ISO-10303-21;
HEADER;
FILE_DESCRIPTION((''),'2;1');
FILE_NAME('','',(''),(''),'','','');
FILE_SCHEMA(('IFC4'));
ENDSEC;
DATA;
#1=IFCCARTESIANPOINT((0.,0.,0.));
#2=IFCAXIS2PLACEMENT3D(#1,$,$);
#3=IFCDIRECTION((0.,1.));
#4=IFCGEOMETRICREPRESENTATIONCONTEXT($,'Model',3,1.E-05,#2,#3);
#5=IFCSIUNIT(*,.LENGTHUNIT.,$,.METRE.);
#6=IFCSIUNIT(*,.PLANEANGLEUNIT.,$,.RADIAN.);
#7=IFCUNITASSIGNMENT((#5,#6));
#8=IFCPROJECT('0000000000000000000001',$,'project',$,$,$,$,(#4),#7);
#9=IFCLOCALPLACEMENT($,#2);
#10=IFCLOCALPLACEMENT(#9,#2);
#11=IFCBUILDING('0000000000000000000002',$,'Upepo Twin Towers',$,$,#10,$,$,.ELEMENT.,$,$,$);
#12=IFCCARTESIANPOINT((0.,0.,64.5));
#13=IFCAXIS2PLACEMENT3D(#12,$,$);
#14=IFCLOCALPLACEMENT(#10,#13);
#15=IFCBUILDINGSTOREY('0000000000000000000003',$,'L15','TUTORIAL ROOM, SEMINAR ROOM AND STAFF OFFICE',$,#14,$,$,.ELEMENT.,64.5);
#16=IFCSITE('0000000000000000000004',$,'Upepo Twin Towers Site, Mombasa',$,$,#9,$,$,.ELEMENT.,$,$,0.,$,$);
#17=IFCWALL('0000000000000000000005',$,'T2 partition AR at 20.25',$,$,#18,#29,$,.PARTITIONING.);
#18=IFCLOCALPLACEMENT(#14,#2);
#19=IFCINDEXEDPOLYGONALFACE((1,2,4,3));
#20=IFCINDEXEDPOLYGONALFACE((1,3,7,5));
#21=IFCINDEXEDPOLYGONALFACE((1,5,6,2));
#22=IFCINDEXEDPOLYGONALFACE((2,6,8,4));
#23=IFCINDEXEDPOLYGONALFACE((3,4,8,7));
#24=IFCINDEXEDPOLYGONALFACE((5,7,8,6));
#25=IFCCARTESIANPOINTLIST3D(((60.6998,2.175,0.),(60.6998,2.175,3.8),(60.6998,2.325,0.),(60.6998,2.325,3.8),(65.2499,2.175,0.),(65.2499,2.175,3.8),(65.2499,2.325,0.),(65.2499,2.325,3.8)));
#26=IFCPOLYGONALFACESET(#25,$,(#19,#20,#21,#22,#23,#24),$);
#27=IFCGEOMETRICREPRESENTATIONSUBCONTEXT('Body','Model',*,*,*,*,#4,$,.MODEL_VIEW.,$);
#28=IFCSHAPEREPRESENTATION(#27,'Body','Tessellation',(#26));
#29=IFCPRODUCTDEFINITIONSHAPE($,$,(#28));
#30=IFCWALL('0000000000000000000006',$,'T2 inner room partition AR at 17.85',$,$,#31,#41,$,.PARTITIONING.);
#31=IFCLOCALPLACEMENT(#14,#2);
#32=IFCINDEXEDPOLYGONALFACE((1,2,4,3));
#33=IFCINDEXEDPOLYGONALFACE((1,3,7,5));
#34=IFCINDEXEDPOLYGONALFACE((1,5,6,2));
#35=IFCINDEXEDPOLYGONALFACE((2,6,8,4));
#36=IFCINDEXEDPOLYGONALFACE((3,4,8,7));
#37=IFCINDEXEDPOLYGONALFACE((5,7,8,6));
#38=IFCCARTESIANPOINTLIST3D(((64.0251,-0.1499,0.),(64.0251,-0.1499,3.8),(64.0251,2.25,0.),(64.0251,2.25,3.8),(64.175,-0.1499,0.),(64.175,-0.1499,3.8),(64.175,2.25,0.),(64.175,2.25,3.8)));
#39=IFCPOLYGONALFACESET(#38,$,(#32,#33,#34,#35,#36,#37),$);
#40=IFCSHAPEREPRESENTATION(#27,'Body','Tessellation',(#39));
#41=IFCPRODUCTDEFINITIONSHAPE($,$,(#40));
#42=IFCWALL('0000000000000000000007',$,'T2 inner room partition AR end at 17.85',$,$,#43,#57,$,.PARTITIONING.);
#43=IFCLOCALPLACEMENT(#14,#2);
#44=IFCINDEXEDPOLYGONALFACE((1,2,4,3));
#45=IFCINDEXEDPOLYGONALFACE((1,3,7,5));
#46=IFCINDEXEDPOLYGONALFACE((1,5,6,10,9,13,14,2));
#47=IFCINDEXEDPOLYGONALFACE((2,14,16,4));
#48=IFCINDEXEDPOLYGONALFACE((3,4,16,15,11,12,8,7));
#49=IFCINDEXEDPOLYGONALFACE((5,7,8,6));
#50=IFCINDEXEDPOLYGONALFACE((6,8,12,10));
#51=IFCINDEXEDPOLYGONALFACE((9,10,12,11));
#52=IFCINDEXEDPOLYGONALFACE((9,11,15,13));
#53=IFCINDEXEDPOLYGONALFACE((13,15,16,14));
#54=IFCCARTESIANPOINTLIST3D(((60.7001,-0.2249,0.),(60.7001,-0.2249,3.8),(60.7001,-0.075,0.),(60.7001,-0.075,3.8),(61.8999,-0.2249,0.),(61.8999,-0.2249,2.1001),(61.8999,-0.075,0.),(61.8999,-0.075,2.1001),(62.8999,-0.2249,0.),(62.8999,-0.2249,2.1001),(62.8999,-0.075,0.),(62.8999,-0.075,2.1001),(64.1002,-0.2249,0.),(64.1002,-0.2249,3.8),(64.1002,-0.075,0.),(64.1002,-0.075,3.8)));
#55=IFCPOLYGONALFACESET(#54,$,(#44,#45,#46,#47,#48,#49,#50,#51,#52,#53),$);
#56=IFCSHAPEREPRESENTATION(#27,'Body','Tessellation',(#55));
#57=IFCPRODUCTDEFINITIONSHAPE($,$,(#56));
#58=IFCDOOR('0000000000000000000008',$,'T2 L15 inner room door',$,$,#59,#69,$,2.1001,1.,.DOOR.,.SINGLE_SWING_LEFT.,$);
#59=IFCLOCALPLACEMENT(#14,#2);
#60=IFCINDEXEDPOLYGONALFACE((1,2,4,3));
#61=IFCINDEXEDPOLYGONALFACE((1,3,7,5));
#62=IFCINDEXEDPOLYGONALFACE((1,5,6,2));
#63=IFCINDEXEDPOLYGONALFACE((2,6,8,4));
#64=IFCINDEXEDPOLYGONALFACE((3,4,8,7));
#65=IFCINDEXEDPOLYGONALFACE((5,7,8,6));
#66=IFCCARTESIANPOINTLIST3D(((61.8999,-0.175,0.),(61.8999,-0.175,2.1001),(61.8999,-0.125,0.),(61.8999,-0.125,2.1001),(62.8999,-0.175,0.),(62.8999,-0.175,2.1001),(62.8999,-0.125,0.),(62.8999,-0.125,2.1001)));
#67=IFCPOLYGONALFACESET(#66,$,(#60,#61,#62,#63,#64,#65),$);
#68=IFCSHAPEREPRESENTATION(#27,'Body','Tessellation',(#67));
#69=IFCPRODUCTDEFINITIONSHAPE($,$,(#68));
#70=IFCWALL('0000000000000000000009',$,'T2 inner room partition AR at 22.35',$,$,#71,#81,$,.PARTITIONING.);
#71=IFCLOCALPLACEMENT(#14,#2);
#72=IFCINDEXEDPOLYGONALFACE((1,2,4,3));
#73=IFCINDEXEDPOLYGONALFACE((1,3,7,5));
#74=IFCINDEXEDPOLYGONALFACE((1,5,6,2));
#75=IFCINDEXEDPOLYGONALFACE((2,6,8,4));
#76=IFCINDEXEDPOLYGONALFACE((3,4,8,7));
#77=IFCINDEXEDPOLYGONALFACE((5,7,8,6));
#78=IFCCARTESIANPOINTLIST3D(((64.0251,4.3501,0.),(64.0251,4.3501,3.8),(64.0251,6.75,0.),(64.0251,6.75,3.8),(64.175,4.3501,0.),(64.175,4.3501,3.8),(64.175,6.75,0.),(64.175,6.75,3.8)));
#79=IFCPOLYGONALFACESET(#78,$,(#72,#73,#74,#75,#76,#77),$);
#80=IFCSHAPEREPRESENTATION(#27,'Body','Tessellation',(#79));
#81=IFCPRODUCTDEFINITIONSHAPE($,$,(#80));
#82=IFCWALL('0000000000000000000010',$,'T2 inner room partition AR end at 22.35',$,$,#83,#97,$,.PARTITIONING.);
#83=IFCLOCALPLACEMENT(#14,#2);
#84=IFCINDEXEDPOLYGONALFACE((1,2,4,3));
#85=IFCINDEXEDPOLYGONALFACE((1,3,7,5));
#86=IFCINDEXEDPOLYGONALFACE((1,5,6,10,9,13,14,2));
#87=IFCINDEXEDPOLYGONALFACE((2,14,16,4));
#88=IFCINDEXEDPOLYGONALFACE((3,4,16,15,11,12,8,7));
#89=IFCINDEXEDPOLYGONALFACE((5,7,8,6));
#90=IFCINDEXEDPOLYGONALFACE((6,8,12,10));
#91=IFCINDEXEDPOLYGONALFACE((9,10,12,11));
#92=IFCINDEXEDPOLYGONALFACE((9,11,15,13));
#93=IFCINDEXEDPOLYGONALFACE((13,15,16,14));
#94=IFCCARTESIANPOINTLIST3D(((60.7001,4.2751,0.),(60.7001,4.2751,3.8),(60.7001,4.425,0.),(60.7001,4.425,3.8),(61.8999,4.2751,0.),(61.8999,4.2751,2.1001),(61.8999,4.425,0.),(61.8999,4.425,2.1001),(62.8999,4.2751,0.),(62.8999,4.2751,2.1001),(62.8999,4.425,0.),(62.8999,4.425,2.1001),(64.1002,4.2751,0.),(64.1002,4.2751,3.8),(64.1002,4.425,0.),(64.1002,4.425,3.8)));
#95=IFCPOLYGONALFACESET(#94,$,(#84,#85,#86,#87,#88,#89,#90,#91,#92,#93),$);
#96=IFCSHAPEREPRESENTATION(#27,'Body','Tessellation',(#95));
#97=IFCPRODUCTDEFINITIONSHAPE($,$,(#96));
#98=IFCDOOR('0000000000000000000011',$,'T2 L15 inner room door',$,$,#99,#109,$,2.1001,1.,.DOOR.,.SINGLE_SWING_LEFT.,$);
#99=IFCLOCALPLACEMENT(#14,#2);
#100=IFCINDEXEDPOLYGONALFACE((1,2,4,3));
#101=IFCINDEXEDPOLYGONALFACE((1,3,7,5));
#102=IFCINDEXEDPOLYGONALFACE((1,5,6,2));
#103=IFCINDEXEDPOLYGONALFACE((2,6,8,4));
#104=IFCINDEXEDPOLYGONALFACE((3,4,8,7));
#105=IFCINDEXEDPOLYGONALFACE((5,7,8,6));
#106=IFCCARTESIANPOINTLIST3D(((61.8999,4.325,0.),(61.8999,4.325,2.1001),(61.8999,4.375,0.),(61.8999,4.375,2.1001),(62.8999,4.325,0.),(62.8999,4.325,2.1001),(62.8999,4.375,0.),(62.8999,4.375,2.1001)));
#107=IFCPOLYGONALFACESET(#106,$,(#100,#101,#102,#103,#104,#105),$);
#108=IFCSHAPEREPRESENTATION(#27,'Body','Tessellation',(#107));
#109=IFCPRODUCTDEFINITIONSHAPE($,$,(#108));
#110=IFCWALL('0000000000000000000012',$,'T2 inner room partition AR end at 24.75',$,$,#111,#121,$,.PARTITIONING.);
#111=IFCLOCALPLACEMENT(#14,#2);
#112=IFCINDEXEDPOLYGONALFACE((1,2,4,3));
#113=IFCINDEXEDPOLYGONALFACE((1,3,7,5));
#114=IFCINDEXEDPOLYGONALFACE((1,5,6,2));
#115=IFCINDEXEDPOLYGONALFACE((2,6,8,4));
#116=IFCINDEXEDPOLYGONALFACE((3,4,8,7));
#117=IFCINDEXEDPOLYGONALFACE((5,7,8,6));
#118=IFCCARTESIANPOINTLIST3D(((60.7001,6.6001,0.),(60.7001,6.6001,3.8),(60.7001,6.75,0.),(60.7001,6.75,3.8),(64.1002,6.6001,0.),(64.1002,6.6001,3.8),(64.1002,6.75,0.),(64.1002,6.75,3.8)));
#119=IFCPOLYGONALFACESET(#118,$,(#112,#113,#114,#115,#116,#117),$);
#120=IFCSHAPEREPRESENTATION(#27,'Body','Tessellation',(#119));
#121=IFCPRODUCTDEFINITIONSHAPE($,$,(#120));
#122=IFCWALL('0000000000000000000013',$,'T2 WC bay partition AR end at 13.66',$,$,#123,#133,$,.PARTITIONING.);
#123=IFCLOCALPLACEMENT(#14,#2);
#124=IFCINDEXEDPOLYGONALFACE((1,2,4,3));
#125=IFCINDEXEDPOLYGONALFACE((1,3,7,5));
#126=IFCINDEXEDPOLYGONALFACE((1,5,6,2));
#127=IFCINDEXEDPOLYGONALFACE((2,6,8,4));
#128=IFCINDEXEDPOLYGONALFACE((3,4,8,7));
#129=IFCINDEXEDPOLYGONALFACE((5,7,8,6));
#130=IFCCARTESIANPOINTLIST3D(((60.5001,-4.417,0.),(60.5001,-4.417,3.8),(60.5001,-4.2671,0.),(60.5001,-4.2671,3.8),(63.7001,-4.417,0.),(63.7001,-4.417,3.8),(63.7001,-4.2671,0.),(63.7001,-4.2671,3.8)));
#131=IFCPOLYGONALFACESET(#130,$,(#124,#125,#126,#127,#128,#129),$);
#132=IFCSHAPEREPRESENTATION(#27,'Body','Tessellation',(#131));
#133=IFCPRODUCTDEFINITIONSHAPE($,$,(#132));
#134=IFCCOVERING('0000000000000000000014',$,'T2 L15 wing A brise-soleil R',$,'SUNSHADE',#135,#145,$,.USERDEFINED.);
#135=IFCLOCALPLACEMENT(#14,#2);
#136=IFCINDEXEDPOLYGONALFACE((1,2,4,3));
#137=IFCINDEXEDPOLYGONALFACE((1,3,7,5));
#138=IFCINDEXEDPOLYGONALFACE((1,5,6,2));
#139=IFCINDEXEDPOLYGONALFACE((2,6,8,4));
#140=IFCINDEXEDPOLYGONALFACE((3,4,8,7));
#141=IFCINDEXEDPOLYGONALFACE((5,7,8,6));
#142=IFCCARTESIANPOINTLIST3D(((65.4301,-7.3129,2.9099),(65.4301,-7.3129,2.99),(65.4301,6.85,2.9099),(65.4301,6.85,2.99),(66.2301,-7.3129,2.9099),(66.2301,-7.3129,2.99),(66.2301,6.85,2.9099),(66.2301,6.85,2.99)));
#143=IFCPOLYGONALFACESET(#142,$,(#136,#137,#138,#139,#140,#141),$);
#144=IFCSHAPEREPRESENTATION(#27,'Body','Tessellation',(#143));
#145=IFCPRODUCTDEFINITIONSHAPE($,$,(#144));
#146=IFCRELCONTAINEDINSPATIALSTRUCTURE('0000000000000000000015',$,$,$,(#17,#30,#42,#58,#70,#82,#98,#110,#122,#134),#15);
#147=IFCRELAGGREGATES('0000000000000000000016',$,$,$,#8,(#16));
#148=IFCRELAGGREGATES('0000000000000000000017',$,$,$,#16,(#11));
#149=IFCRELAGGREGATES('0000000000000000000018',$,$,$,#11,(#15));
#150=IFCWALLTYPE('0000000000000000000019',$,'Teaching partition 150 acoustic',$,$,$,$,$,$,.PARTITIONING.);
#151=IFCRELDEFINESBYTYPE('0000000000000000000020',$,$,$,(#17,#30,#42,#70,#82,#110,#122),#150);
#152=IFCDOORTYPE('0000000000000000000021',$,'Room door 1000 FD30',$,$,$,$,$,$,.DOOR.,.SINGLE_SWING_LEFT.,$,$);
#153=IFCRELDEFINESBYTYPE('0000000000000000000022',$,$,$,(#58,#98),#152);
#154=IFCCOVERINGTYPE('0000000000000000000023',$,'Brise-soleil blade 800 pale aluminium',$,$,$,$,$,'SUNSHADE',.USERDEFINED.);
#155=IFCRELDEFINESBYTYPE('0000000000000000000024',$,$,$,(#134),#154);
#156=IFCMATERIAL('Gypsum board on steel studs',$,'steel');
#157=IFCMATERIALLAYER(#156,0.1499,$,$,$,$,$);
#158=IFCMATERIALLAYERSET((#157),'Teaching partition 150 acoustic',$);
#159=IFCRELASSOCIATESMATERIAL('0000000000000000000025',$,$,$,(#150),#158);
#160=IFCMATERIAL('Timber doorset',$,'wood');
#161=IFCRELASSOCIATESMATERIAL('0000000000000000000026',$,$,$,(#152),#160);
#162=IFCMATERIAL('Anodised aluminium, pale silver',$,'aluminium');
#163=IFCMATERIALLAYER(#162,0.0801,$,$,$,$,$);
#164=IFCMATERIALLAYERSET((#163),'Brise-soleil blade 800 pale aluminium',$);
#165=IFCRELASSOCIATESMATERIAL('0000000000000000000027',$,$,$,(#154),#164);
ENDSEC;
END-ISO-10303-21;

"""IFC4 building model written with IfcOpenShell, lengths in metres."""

from ifc_helpers import new_model, si_unit, direction, frame, frame_2d, origin, origin_2d, place, context, subcontext, project, spatial, rectangle, extrude, material, layer, layer_set, type_object, element, fill, save


model = new_model("IFC4")

# Units and contexts
model_context = context("Model", 3, precision=1e-05, world=origin(), true_north=direction((0.0, 1.0)))
body_context = subcontext(model_context, "Body", "Model", "MODEL_VIEW")
ifc_project = project(units=[si_unit("LENGTHUNIT", "METRE"), si_unit("PLANEANGLEUNIT", "RADIAN")], contexts=[model_context])

# Site, building, storey
site_placement = place(None, origin())
site = spatial("IfcSite", under=ifc_project, at=site_placement, Name="Upepo Twin Towers Site, Mombasa", CompositionType="ELEMENT", RefElevation=0.0)
building_placement = place(site_placement, origin())
building = spatial("IfcBuilding", under=site, at=building_placement, Name="Upepo Twin Towers", CompositionType="ELEMENT")
storey_placement = place(building_placement, frame((0.0, 0.0, 64.5)))
storey = spatial("IfcBuildingStorey", under=building, at=storey_placement, Name="L15", Description="TUTORIAL ROOM, SEMINAR ROOM AND STAFF OFFICE", CompositionType="ELEMENT", Elevation=64.5)

# Walls
ifc_material_1 = material(Name="Gypsum board on steel studs", Category="steel")
ifc_layer_1 = layer(ifc_material_1, 0.1499)
ifc_layer_set_1 = layer_set([ifc_layer_1], Name="Teaching partition 150 acoustic")
wall_type_1 = type_object("IfcWallType", Name="Teaching partition 150 acoustic", PredefinedType="PARTITIONING", material=ifc_layer_set_1)
for number, where, z_axis, x_axis, name in (
    (1, (60.7, 2.25, 0.0), (0.0, 0.0, 1.0), (1.0, 0.0, 0.0), "T2 partition AR at 20.25"),
):
    element("IfcWall", number, at=place(storey_placement, frame(where, z_axis=z_axis, x_axis=x_axis)), inside=storey, type_object=wall_type_1, Name=name, PredefinedType="PARTITIONING", context=body_context, shape_type="SweptSolid", body=[
        extrude(rectangle(XDim=4.55, YDim=0.1499, at=frame_2d((2.2749, 0.0))), origin(), (0.0, 0.0, 1.0), 3.8),
    ])
wall_1_placement = place(storey_placement, frame((64.1001, -0.1499, 0.0), z_axis=(0.0, 0.0, 1.0), x_axis=(0.0, 1.0, 0.0)))
element("IfcWall", 2, at=wall_1_placement, inside=storey, type_object=wall_type_1, Name="T2 inner room partition AR at 17.85", PredefinedType="PARTITIONING", context=body_context, shape_type="SweptSolid", body=[
    extrude(rectangle(XDim=2.3999, YDim=0.1499, at=frame_2d((1.2, 0.0))), origin(), (0.0, 0.0, 1.0), 3.8),
])

# Wall, opening, door
wall_2_placement = place(storey_placement, frame((60.7, -0.1499, 0.0), z_axis=(0.0, 0.0, 1.0), x_axis=(1.0, 0.0, 0.0)))
wall_2 = element("IfcWall", 3, at=wall_2_placement, inside=storey, type_object=wall_type_1, Name="T2 inner room partition AR end at 17.85", PredefinedType="PARTITIONING", context=body_context, shape_type="SweptSolid", body=[
    extrude(rectangle(XDim=3.4001, YDim=0.1499, at=frame_2d((1.7002, 0.0))), origin(), (0.0, 0.0, 1.0), 3.8),
])
opening_1_placement = place(wall_2_placement, frame((1.2, 0.0, 0.0)))
opening_1 = element("IfcOpeningElement", 4, at=opening_1_placement, cuts=wall_2, PredefinedType="OPENING", context=body_context, shape_type="SweptSolid", body=[
    extrude(rectangle(XDim=1.0, YDim=2.1001, at=frame_2d((0.5, 1.05))), frame((0.0, 0.085, 0.0), z_axis=(0.0, -1.0, 0.0), x_axis=(1.0, 0.0, 0.0)), (0.0, 0.0, 1.0), 0.1699),
])
ifc_material_2 = material(Name="Timber doorset", Category="wood")
door_type = type_object("IfcDoorType", Name="Room door 1000 FD30", OperationType="SINGLE_SWING_LEFT", PredefinedType="DOOR", material=ifc_material_2)
door_1_placement = place(opening_1_placement, origin())
door_1 = element("IfcDoor", 5, at=door_1_placement, inside=storey, type_object=door_type, Name="T2 L15 inner room door", OperationType="SINGLE_SWING_LEFT", OverallHeight=2.1001, OverallWidth=1.0, PredefinedType="DOOR", context=body_context, shape_type="SweptSolid", body=[
    extrude(rectangle(XDim=1.0, YDim=2.1001, at=frame_2d((0.5, 1.05))), frame((0.0, 0.0249, 0.0), z_axis=(0.0, -1.0, 0.0), x_axis=(1.0, 0.0, 0.0)), (0.0, 0.0, 1.0), 0.05),
])
fill(opening_1, door_1)

# Wall
wall_3_placement = place(storey_placement, frame((64.1001, 4.3501, 0.0), z_axis=(0.0, 0.0, 1.0), x_axis=(0.0, 1.0, 0.0)))
element("IfcWall", 6, at=wall_3_placement, inside=storey, type_object=wall_type_1, Name="T2 inner room partition AR at 22.35", PredefinedType="PARTITIONING", context=body_context, shape_type="SweptSolid", body=[
    extrude(rectangle(XDim=2.3999, YDim=0.1499, at=frame_2d((1.2, 0.0))), origin(), (0.0, 0.0, 1.0), 3.8),
])

# Wall, opening, door
wall_4_placement = place(storey_placement, frame((60.7, 4.3501, 0.0), z_axis=(0.0, 0.0, 1.0), x_axis=(1.0, 0.0, 0.0)))
wall_4 = element("IfcWall", 7, at=wall_4_placement, inside=storey, type_object=wall_type_1, Name="T2 inner room partition AR end at 22.35", PredefinedType="PARTITIONING", context=body_context, shape_type="SweptSolid", body=[
    extrude(rectangle(XDim=3.4001, YDim=0.1499, at=frame_2d((1.7002, 0.0))), origin(), (0.0, 0.0, 1.0), 3.8),
])
opening_2_placement = place(wall_4_placement, frame((1.2, 0.0, 0.0)))
opening_2 = element("IfcOpeningElement", 8, at=opening_2_placement, cuts=wall_4, PredefinedType="OPENING", context=body_context, shape_type="SweptSolid", body=[
    extrude(rectangle(XDim=1.0, YDim=2.1001, at=frame_2d((0.5, 1.05))), frame((0.0, 0.085, 0.0), z_axis=(0.0, -1.0, 0.0), x_axis=(1.0, 0.0, 0.0)), (0.0, 0.0, 1.0), 0.1699),
])
door_2_placement = place(opening_2_placement, origin())
door_2 = element("IfcDoor", 9, at=door_2_placement, inside=storey, type_object=door_type, Name="T2 L15 inner room door", OperationType="SINGLE_SWING_LEFT", OverallHeight=2.1001, OverallWidth=1.0, PredefinedType="DOOR", context=body_context, shape_type="SweptSolid", body=[
    extrude(rectangle(XDim=1.0, YDim=2.1001, at=frame_2d((0.5, 1.05))), frame((0.0, 0.0249, 0.0), z_axis=(0.0, -1.0, 0.0), x_axis=(1.0, 0.0, 0.0)), (0.0, 0.0, 1.0), 0.05),
])
fill(opening_2, door_2)

# Walls
wall_5_placement = place(storey_placement, frame((60.7, 6.675, 0.0), z_axis=(0.0, 0.0, 1.0), x_axis=(1.0, 0.0, 0.0)))
element("IfcWall", 10, at=wall_5_placement, inside=storey, type_object=wall_type_1, Name="T2 inner room partition AR end at 24.75", PredefinedType="PARTITIONING", context=body_context, shape_type="SweptSolid", body=[
    extrude(rectangle(XDim=3.4001, YDim=0.1499, at=frame_2d((1.7002, 0.0))), origin(), (0.0, 0.0, 1.0), 3.8),
])
wall_6_placement = place(storey_placement, frame((60.5, -4.342, 0.0), z_axis=(0.0, 0.0, 1.0), x_axis=(1.0, 0.0, 0.0)))
element("IfcWall", 11, at=wall_6_placement, inside=storey, type_object=wall_type_1, Name="T2 WC bay partition AR end at 13.66", PredefinedType="PARTITIONING", context=body_context, shape_type="SweptSolid", body=[
    extrude(rectangle(XDim=3.2, YDim=0.1499, at=frame_2d((1.6001, 0.0))), origin(), (0.0, 0.0, 1.0), 3.8),
])

# Covering
ifc_material_3 = material(Name="Anodised aluminium, pale silver", Category="aluminium")
ifc_layer_2 = layer(ifc_material_3, 0.0801)
ifc_layer_set_2 = layer_set([ifc_layer_2], Name="Brise-soleil blade 800 pale aluminium")
covering_type = type_object("IfcCoveringType", Name="Brise-soleil blade 800 pale aluminium", ElementType="SUNSHADE", PredefinedType="USERDEFINED", material=ifc_layer_set_2)
covering_placement = place(storey_placement, frame((65.8301, -0.2314, 2.9099), z_axis=(0.0, 0.0, 1.0), x_axis=(0.0, 1.0, 0.0)))
element("IfcCovering", 12, at=covering_placement, inside=storey, type_object=covering_type, Name="T2 L15 wing A brise-soleil R", ObjectType="SUNSHADE", PredefinedType="USERDEFINED", context=body_context, shape_type="SweptSolid", body=[
    extrude(rectangle(XDim=14.1628, YDim=0.8, at=origin_2d()), origin(), (0.0, 0.0, 1.0), 0.0801),
])

save(model, "model.ifc")
